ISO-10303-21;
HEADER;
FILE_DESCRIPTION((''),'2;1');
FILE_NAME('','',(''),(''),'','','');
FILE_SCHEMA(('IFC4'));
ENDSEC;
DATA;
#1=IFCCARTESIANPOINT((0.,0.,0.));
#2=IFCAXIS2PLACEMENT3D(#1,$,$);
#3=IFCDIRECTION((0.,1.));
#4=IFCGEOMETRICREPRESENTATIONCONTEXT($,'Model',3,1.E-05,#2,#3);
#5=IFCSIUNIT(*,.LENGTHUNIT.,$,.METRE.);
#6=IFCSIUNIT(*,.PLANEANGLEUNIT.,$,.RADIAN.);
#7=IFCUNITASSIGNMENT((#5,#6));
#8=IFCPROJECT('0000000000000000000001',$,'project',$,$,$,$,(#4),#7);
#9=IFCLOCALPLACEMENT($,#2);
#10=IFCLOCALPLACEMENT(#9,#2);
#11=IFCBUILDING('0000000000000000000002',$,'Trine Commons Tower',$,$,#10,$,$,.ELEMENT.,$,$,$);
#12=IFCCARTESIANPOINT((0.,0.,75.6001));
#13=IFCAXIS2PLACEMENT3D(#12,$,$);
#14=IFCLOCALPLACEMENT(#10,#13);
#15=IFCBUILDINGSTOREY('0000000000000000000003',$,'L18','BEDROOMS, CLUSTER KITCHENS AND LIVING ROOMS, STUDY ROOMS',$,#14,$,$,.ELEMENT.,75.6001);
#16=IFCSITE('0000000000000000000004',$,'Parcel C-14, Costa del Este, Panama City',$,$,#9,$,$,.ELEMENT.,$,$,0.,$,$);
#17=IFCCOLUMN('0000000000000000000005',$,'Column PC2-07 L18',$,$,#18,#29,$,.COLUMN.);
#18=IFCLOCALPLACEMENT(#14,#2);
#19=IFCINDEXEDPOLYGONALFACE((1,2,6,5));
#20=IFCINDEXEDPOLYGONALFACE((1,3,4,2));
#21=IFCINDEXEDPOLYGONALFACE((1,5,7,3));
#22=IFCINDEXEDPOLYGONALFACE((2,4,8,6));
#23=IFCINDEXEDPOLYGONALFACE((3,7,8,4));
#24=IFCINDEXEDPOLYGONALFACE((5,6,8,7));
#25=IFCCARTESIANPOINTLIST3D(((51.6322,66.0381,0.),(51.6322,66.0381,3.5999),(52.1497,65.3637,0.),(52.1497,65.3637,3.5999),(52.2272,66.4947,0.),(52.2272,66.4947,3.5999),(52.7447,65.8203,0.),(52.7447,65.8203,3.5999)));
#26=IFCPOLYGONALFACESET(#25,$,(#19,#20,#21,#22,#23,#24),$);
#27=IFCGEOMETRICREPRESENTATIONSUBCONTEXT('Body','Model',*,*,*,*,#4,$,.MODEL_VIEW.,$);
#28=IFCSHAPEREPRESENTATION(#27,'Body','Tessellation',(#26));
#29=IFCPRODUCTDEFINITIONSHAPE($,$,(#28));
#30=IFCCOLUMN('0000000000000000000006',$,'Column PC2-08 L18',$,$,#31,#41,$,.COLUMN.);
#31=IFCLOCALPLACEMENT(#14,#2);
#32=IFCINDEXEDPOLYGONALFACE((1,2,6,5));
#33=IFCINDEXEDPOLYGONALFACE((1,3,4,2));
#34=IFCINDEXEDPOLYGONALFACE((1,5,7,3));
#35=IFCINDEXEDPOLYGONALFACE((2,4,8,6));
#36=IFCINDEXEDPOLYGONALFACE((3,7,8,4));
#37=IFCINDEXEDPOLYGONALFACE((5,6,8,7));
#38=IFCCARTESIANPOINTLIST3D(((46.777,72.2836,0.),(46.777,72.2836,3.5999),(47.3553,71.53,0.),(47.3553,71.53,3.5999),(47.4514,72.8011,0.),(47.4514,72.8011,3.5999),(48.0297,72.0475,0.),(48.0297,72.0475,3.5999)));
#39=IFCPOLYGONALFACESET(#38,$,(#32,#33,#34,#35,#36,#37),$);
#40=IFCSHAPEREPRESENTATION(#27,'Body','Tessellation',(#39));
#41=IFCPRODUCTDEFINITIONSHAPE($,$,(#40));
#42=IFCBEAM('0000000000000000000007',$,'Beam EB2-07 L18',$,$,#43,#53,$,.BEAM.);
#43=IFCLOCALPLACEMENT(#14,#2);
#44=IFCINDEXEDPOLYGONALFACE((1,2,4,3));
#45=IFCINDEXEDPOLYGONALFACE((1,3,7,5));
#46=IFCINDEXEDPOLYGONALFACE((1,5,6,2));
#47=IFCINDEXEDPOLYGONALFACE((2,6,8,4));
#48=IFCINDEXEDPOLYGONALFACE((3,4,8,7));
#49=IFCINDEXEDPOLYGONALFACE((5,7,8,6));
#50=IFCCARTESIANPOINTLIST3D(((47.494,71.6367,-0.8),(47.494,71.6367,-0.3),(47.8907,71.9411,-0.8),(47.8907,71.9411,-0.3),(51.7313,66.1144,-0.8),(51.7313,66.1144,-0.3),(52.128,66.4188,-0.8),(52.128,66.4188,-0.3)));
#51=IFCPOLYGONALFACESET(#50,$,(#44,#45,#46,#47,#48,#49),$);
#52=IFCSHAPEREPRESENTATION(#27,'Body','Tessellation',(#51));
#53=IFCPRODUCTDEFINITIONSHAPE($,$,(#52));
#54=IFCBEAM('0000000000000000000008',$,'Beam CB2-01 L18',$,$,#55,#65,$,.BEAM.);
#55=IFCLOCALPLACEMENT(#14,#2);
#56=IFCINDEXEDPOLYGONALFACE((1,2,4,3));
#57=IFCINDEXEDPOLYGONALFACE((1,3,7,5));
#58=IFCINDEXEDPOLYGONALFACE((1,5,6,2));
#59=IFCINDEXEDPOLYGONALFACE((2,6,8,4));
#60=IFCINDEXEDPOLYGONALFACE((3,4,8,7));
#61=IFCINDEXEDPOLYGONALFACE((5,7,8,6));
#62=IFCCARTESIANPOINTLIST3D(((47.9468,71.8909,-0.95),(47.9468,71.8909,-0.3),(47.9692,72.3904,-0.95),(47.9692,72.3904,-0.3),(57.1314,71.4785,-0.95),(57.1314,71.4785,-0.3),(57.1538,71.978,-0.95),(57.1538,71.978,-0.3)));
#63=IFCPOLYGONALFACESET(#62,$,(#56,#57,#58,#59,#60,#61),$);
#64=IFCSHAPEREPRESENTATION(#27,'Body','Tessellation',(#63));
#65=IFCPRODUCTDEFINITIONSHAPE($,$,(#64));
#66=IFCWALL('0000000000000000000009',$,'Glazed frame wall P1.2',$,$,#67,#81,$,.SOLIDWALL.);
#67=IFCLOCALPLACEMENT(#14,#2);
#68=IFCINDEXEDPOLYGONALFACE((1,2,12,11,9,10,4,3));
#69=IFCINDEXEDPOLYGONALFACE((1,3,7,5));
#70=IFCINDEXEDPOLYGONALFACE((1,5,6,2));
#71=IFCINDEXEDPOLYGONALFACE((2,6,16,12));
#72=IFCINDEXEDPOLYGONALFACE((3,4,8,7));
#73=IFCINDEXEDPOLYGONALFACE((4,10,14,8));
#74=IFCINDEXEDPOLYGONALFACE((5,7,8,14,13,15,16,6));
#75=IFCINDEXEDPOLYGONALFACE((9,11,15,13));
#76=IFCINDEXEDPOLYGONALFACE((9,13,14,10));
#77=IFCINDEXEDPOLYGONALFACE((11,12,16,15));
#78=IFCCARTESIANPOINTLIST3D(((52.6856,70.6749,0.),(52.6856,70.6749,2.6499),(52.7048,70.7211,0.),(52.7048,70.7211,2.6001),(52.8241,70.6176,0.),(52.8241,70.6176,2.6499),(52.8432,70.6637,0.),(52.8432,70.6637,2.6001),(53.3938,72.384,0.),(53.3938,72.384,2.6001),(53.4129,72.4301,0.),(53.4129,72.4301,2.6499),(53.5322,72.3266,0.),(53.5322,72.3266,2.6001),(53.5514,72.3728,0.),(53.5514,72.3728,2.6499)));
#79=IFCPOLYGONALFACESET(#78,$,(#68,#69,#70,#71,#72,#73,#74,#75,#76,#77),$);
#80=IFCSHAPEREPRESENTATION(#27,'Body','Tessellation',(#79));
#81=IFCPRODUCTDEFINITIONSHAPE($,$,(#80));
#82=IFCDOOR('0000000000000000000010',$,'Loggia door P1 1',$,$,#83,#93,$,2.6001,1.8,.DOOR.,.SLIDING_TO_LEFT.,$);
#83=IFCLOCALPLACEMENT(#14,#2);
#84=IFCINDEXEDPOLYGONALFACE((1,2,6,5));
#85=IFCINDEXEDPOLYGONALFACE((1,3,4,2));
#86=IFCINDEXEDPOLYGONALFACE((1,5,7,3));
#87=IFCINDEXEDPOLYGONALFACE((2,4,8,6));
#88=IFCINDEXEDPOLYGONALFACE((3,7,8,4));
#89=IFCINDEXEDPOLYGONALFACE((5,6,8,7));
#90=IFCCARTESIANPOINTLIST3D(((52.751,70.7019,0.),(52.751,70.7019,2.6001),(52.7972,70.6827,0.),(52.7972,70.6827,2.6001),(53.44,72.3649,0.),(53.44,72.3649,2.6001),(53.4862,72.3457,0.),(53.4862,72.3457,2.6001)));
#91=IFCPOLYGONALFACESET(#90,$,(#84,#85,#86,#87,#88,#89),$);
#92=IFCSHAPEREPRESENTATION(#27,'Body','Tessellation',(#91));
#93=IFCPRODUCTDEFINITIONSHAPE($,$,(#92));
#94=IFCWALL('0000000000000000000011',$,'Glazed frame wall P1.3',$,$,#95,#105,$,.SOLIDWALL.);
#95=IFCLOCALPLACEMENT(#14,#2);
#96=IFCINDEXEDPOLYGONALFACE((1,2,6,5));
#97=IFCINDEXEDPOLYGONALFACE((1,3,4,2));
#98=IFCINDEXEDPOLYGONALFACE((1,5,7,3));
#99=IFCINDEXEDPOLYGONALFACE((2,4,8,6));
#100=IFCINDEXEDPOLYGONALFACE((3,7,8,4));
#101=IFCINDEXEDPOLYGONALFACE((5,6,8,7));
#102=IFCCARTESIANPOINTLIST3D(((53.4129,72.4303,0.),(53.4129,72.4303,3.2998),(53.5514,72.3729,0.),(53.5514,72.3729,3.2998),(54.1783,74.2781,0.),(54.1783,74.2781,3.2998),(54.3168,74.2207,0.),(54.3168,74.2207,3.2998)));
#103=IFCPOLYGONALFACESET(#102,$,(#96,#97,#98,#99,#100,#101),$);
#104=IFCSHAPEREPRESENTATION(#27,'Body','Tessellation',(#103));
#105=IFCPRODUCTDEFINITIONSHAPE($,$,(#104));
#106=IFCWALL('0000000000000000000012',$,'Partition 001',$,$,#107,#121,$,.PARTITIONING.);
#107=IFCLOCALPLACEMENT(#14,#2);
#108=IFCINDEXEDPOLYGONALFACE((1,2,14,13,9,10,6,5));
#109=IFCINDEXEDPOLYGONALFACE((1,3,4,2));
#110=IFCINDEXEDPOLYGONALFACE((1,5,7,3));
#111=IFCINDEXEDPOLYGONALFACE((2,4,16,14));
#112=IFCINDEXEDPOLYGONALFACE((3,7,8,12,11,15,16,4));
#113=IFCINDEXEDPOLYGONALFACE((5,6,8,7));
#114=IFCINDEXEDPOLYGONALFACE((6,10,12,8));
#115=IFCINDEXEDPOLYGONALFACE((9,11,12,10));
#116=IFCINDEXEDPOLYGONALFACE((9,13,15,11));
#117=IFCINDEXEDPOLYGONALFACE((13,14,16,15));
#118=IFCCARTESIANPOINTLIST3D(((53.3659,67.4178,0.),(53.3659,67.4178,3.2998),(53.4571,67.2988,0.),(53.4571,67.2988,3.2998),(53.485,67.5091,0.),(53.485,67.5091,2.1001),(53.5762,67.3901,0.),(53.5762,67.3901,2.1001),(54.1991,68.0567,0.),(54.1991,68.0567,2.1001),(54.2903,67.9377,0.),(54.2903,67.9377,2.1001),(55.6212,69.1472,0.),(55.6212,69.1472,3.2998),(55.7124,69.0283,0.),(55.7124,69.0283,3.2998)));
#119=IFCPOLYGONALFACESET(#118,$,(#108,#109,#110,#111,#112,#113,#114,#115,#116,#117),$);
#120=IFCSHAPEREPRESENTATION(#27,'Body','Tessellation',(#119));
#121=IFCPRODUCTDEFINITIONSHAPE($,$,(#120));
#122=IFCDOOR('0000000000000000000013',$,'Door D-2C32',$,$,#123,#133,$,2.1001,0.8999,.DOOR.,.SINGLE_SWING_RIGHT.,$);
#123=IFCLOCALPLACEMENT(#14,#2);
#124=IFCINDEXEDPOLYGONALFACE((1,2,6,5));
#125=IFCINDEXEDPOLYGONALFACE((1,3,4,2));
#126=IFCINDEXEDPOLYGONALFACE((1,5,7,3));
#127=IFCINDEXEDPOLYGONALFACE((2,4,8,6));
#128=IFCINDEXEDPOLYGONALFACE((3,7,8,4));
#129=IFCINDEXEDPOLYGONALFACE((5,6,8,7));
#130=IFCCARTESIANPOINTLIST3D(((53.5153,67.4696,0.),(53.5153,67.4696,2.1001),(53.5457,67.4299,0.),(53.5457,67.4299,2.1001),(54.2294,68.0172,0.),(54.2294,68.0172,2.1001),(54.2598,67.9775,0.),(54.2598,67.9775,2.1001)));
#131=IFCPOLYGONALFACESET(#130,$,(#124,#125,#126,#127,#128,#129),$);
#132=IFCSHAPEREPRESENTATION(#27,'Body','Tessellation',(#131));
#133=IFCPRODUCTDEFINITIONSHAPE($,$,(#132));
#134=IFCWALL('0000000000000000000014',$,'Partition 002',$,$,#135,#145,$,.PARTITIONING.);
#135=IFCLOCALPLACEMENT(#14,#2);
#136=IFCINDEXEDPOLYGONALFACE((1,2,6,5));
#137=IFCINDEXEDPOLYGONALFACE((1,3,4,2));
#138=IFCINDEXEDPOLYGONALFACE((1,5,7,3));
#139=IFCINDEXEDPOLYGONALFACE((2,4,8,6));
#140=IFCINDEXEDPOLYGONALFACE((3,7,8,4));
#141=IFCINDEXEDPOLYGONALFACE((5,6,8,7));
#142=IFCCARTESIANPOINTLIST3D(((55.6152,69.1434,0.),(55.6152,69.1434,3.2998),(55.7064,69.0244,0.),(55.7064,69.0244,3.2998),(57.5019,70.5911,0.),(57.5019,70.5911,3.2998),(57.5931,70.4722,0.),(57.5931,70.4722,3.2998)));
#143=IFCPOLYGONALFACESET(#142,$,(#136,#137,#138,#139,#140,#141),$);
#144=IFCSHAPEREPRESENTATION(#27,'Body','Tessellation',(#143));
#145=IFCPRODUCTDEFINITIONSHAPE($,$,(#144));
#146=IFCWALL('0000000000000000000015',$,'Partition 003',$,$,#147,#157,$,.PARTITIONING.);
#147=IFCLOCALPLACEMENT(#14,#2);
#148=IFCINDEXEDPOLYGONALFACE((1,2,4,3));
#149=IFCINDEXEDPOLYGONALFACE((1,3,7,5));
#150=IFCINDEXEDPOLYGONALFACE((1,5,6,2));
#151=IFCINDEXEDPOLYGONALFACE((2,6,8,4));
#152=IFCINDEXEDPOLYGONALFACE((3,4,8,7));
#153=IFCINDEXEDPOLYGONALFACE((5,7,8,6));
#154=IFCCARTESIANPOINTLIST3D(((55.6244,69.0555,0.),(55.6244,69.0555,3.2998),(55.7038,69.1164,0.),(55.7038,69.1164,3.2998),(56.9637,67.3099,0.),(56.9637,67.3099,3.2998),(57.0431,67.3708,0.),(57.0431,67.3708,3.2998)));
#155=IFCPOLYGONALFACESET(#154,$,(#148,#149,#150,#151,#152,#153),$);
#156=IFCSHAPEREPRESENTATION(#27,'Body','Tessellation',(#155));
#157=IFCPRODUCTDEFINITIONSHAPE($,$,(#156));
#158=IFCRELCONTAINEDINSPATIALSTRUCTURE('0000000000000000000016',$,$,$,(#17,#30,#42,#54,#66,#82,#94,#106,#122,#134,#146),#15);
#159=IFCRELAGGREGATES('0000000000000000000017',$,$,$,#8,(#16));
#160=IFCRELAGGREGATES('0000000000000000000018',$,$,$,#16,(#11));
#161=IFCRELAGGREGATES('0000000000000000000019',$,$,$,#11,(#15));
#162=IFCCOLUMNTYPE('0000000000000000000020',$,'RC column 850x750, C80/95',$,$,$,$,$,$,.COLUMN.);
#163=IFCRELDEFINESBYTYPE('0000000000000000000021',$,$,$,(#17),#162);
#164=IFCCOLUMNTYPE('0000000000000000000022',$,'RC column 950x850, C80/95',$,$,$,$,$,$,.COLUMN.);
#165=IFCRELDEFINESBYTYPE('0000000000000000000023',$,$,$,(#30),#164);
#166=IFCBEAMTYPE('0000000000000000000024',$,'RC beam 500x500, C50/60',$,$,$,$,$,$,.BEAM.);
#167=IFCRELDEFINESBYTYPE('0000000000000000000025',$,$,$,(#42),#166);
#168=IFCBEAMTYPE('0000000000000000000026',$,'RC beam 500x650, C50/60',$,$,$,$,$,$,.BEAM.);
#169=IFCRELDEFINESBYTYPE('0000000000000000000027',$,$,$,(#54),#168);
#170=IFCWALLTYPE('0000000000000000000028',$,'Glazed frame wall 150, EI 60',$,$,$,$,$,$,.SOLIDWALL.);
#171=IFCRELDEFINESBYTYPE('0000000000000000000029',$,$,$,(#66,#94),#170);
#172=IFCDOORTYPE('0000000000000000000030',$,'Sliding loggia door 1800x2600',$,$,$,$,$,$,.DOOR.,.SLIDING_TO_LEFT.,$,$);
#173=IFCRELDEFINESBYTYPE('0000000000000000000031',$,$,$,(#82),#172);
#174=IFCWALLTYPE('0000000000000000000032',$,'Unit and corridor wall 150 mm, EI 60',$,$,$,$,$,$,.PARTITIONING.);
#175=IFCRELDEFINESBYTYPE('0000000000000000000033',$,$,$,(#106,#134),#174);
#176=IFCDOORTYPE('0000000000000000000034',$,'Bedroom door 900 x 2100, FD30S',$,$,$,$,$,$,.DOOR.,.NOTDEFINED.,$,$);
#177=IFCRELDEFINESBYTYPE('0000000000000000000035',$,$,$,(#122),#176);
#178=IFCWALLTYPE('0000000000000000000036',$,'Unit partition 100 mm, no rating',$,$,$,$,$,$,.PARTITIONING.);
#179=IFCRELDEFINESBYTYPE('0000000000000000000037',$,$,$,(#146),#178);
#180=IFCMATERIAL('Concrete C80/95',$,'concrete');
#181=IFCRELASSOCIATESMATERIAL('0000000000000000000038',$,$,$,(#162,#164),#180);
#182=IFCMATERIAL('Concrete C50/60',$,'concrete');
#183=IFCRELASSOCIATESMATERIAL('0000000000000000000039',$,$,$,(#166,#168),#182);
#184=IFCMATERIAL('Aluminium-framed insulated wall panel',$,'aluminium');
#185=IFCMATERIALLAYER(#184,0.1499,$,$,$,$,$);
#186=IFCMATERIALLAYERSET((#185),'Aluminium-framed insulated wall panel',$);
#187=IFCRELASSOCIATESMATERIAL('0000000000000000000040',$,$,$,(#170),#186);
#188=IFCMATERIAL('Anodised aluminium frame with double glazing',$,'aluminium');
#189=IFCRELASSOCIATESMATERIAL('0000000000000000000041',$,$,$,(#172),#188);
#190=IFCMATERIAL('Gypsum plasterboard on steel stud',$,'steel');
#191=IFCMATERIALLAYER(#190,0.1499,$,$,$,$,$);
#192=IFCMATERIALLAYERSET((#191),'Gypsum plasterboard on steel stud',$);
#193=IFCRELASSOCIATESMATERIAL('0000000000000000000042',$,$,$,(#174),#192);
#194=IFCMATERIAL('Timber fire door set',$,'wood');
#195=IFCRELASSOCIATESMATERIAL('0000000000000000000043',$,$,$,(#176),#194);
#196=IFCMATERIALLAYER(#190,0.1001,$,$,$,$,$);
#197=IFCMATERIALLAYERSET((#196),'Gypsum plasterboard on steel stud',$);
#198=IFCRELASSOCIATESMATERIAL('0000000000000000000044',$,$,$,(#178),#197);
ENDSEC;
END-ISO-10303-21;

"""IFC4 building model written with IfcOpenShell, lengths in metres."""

from ifc_helpers import new_model, si_unit, direction, frame, frame_2d, origin, origin_2d, place, context, subcontext, project, spatial, polyline, rectangle, outline, extrude, material, layer, layer_set, material_profile, profile_set, type_object, element, fill, save


model = new_model("IFC4")

# Units and contexts
model_context = context("Model", 3, precision=1e-05, world=origin(), true_north=direction((0.0, 1.0)))
body_context = subcontext(model_context, "Body", "Model", "MODEL_VIEW")
ifc_project = project(units=[si_unit("LENGTHUNIT", "METRE"), si_unit("PLANEANGLEUNIT", "RADIAN")], contexts=[model_context])

# Site, building, storey
site_placement = place(None, origin())
site = spatial("IfcSite", under=ifc_project, at=site_placement, Name="Parcel C-14, Costa del Este, Panama City", CompositionType="ELEMENT", RefElevation=0.0)
building_placement = place(site_placement, origin())
building = spatial("IfcBuilding", under=site, at=building_placement, Name="Trine Commons Tower", CompositionType="ELEMENT")
storey_placement = place(building_placement, frame((0.0, 0.0, 75.6001)))
storey = spatial("IfcBuildingStorey", under=building, at=storey_placement, Name="L18", Description="BEDROOMS, CLUSTER KITCHENS AND LIVING ROOMS, STUDY ROOMS", CompositionType="ELEMENT", Elevation=75.6001)

# Columns
ifc_material_1 = material(Name="Concrete C80/95", Category="concrete")
ifc_material_profile_1 = material_profile(ifc_material_1, rectangle(XDim=0.8501, YDim=0.75, at=origin_2d()), Name="RC 850x750")
ifc_profile_set_1 = profile_set([ifc_material_profile_1], Name="Concrete C80/95")
column_type_1 = type_object("IfcColumnType", Name="RC column 850x750, C80/95", PredefinedType="COLUMN", material=ifc_profile_set_1)
column_1_placement = place(storey_placement, frame((52.1885, 65.9292, 0.0), z_axis=(0.0, 0.0, 1.0), x_axis=(-0.608761, 0.793353, 0.0)))
element("IfcColumn", 1, at=column_1_placement, inside=storey, type_object=column_type_1, Name="Column PC2-07 L18", PredefinedType="COLUMN", context=body_context, shape_type="SweptSolid", body=[
    extrude(rectangle(XDim=0.8501, YDim=0.75, at=origin_2d()), origin(), (0.0, 0.0, 1.0), 3.5999),
])
ifc_material_profile_2 = material_profile(ifc_material_1, rectangle(XDim=0.95, YDim=0.8501, at=origin_2d()), Name="RC 950x850")
ifc_profile_set_2 = profile_set([ifc_material_profile_2], Name="Concrete C80/95")
column_type_2 = type_object("IfcColumnType", Name="RC column 950x850, C80/95", PredefinedType="COLUMN", material=ifc_profile_set_2)
column_2_placement = place(storey_placement, frame((47.4033, 72.1655, 0.0), z_axis=(0.0, 0.0, 1.0), x_axis=(-0.608761, 0.793353, 0.0)))
element("IfcColumn", 2, at=column_2_placement, inside=storey, type_object=column_type_2, Name="Column PC2-08 L18", PredefinedType="COLUMN", context=body_context, shape_type="SweptSolid", body=[
    extrude(rectangle(XDim=0.95, YDim=0.8501, at=origin_2d()), origin(), (0.0, 0.0, 1.0), 3.5999),
])

# Beams
ifc_material_2 = material(Name="Concrete C50/60", Category="concrete")
ifc_material_profile_3 = material_profile(ifc_material_2, rectangle(XDim=0.5, YDim=0.5, at=origin_2d()), Name="RC 500x500")
ifc_profile_set_3 = profile_set([ifc_material_profile_3], Name="Concrete C50/60")
beam_type_1 = type_object("IfcBeamType", Name="RC beam 500x500, C50/60", PredefinedType="BEAM", material=ifc_profile_set_3)
beam_1_placement = place(storey_placement, frame((51.9297, 66.2666, -0.55), z_axis=(-0.608758, 0.793356, 0.0), x_axis=(-0.793356, -0.608758, 0.0)))
element("IfcBeam", 3, at=beam_1_placement, inside=storey, type_object=beam_type_1, Name="Beam EB2-07 L18", PredefinedType="BEAM", context=body_context, shape_type="SweptSolid", body=[
    extrude(rectangle(XDim=0.5, YDim=0.5, at=origin_2d()), origin(), (0.0, 0.0, 1.0), 6.9607),
])
ifc_material_profile_4 = material_profile(ifc_material_2, rectangle(XDim=0.5, YDim=0.6499, at=origin_2d()), Name="RC 500x650")
ifc_profile_set_4 = profile_set([ifc_material_profile_4], Name="Concrete C50/60")
beam_type_2 = type_object("IfcBeamType", Name="RC beam 500x650, C50/60", PredefinedType="BEAM", material=ifc_profile_set_4)
beam_2_placement = place(storey_placement, frame((47.958, 72.1406, -0.625), z_axis=(0.998994, -0.044851, 0.0), x_axis=(0.044851, 0.998994, 0.0)))
element("IfcBeam", 4, at=beam_2_placement, inside=storey, type_object=beam_type_2, Name="Beam CB2-01 L18", PredefinedType="BEAM", context=body_context, shape_type="SweptSolid", body=[
    extrude(rectangle(XDim=0.5, YDim=0.6499, at=origin_2d()), origin(), (0.0, 0.0, 1.0), 9.1938),
])

# Shared definitions
ifc_material_3 = material(Name="Aluminium-framed insulated wall panel", Category="aluminium")
ifc_layer_1 = layer(ifc_material_3, 0.1499)
ifc_layer_set_1 = layer_set([ifc_layer_1], Name="Aluminium-framed insulated wall panel")
wall_type_1 = type_object("IfcWallType", Name="Glazed frame wall 150, EI 60", PredefinedType="SOLIDWALL", material=ifc_layer_set_1)

# Wall, opening, door
wall_1_placement = place(storey_placement, frame((52.7549, 70.6462, 0.0), z_axis=(0.0, 0.0, 1.0), x_axis=(0.382772, 0.923843, 0.0)))
wall_1 = element("IfcWall", 5, at=wall_1_placement, inside=storey, type_object=wall_type_1, Name="Glazed frame wall P1.2", PredefinedType="SOLIDWALL", context=body_context, shape_type="SweptSolid", body=[
    extrude(outline(polyline([(0.0, -0.075), (1.8999, -0.075), (1.8999, 0.075), (0.0, 0.075), (0.0, -0.075)])), origin(), (0.0, 0.0, 1.0), 2.6499),
])
opening_1_placement = place(wall_1_placement, frame((0.05, 0.0, 0.0)))
opening_1 = element("IfcOpeningElement", 6, at=opening_1_placement, cuts=wall_1, PredefinedType="OPENING", context=body_context, shape_type="SweptSolid", body=[
    extrude(rectangle(XDim=1.8, YDim=2.6001, at=frame_2d((0.8999, 1.3))), frame((0.0, 0.085, 0.0), z_axis=(0.0, -1.0, 0.0), x_axis=(1.0, 0.0, 0.0)), (0.0, 0.0, 1.0), 0.1699),
])
ifc_material_4 = material(Name="Anodised aluminium frame with double glazing", Category="aluminium")
door_type_1 = type_object("IfcDoorType", Name="Sliding loggia door 1800x2600", OperationType="SLIDING_TO_LEFT", PredefinedType="DOOR", material=ifc_material_4)
door_1_placement = place(opening_1_placement, origin())
door_1 = element("IfcDoor", 7, at=door_1_placement, inside=storey, type_object=door_type_1, Name="Loggia door P1 1", OperationType="SLIDING_TO_LEFT", OverallHeight=2.6001, OverallWidth=1.8, PredefinedType="DOOR", context=body_context, shape_type="SweptSolid", body=[
    extrude(rectangle(XDim=1.8, YDim=2.6001, at=frame_2d((0.8999, 1.3))), frame((0.0, 0.0249, 0.0), z_axis=(0.0, -1.0, 0.0), x_axis=(1.0, 0.0, 0.0)), (0.0, 0.0, 1.0), 0.05),
])
fill(opening_1, door_1)

# Wall
wall_2_placement = place(storey_placement, frame((53.4822, 72.4016, 0.0), z_axis=(0.0, 0.0, 1.0), x_axis=(0.382664, 0.923887, 0.0)))
element("IfcWall", 8, at=wall_2_placement, inside=storey, type_object=wall_type_1, Name="Glazed frame wall P1.3", PredefinedType="SOLIDWALL", context=body_context, shape_type="SweptSolid", body=[
    extrude(outline(polyline([(0.0, -0.075), (2.0, -0.075), (2.0, 0.075), (0.0, 0.075), (0.0, -0.075)])), origin(), (0.0, 0.0, 1.0), 3.2998),
])

# Wall, opening, door
ifc_material_5 = material(Name="Gypsum plasterboard on steel stud", Category="steel")
ifc_layer_2 = layer(ifc_material_5, 0.1499)
ifc_layer_set_2 = layer_set([ifc_layer_2], Name="Gypsum plasterboard on steel stud")
wall_type_2 = type_object("IfcWallType", Name="Unit and corridor wall 150 mm, EI 60", PredefinedType="PARTITIONING", material=ifc_layer_set_2)
wall_3_placement = place(storey_placement, frame((53.4116, 67.3584, 0.0), z_axis=(0.0, 0.0, 1.0), x_axis=(0.793543, 0.608514, 0.0)))
wall_3 = element("IfcWall", 9, at=wall_3_placement, inside=storey, type_object=wall_type_2, Name="Partition 001", PredefinedType="PARTITIONING", context=body_context, shape_type="SweptSolid", body=[
    extrude(rectangle(XDim=2.842, YDim=0.1499, at=frame_2d((1.4209, 0.0))), origin(), (0.0, 0.0, 1.0), 3.2998),
])
opening_2_placement = place(wall_3_placement, frame((0.1499, 0.0, 0.0)))
opening_2 = element("IfcOpeningElement", 10, at=opening_2_placement, cuts=wall_3, PredefinedType="OPENING", context=body_context, shape_type="SweptSolid", body=[
    extrude(rectangle(XDim=0.8999, YDim=2.1001, at=frame_2d((0.45, 1.05))), frame((0.0, 0.085, 0.0), z_axis=(0.0, -1.0, 0.0), x_axis=(1.0, 0.0, 0.0)), (0.0, 0.0, 1.0), 0.1699),
])
ifc_material_6 = material(Name="Timber fire door set", Category="wood")
door_type_2 = type_object("IfcDoorType", Name="Bedroom door 900 x 2100, FD30S", OperationType="NOTDEFINED", PredefinedType="DOOR", material=ifc_material_6)
door_2_placement = place(opening_2_placement, frame((0.8999, 0.0, 0.0), z_axis=(0.0, 0.0, 1.0), x_axis=(-1.0, 0.0, 0.0)))
door_2 = element("IfcDoor", 11, at=door_2_placement, inside=storey, type_object=door_type_2, Name="Door D-2C32", OperationType="SINGLE_SWING_RIGHT", OverallHeight=2.1001, OverallWidth=0.8999, PredefinedType="DOOR", context=body_context, shape_type="SweptSolid", body=[
    extrude(rectangle(XDim=0.8999, YDim=2.1001, at=frame_2d((0.45, 1.05))), frame((0.0, 0.0249, 0.0), z_axis=(0.0, -1.0, 0.0), x_axis=(1.0, 0.0, 0.0)), (0.0, 0.0, 1.0), 0.05),
])
fill(opening_2, door_2)

# Walls
wall_4_placement = place(storey_placement, frame((55.6609, 69.084, 0.0), z_axis=(0.0, 0.0, 1.0), x_axis=(0.793349, 0.608768, 0.0)))
element("IfcWall", 12, at=wall_4_placement, inside=storey, type_object=wall_type_2, Name="Partition 002", PredefinedType="PARTITIONING", context=body_context, shape_type="SweptSolid", body=[
    extrude(rectangle(XDim=2.3782, YDim=0.1499, at=frame_2d((1.189, 0.0))), origin(), (0.0, 0.0, 1.0), 3.2998),
])
ifc_layer_3 = layer(ifc_material_5, 0.1001)
ifc_layer_set_3 = layer_set([ifc_layer_3], Name="Gypsum plasterboard on steel stud")
wall_type_3 = type_object("IfcWallType", Name="Unit partition 100 mm, no rating", PredefinedType="PARTITIONING", material=ifc_layer_set_3)
wall_5_placement = place(storey_placement, frame((55.6641, 69.0859, 0.0), z_axis=(0.0, 0.0, 1.0), x_axis=(0.608734, -0.793374, 0.0)))
element("IfcWall", 13, at=wall_5_placement, inside=storey, type_object=wall_type_3, Name="Partition 003", PredefinedType="PARTITIONING", context=body_context, shape_type="SweptSolid", body=[
    extrude(rectangle(XDim=2.2002, YDim=0.1001, at=frame_2d((1.1001, 0.0))), origin(), (0.0, 0.0, 1.0), 3.2998),
])

save(model, "model.ifc")
